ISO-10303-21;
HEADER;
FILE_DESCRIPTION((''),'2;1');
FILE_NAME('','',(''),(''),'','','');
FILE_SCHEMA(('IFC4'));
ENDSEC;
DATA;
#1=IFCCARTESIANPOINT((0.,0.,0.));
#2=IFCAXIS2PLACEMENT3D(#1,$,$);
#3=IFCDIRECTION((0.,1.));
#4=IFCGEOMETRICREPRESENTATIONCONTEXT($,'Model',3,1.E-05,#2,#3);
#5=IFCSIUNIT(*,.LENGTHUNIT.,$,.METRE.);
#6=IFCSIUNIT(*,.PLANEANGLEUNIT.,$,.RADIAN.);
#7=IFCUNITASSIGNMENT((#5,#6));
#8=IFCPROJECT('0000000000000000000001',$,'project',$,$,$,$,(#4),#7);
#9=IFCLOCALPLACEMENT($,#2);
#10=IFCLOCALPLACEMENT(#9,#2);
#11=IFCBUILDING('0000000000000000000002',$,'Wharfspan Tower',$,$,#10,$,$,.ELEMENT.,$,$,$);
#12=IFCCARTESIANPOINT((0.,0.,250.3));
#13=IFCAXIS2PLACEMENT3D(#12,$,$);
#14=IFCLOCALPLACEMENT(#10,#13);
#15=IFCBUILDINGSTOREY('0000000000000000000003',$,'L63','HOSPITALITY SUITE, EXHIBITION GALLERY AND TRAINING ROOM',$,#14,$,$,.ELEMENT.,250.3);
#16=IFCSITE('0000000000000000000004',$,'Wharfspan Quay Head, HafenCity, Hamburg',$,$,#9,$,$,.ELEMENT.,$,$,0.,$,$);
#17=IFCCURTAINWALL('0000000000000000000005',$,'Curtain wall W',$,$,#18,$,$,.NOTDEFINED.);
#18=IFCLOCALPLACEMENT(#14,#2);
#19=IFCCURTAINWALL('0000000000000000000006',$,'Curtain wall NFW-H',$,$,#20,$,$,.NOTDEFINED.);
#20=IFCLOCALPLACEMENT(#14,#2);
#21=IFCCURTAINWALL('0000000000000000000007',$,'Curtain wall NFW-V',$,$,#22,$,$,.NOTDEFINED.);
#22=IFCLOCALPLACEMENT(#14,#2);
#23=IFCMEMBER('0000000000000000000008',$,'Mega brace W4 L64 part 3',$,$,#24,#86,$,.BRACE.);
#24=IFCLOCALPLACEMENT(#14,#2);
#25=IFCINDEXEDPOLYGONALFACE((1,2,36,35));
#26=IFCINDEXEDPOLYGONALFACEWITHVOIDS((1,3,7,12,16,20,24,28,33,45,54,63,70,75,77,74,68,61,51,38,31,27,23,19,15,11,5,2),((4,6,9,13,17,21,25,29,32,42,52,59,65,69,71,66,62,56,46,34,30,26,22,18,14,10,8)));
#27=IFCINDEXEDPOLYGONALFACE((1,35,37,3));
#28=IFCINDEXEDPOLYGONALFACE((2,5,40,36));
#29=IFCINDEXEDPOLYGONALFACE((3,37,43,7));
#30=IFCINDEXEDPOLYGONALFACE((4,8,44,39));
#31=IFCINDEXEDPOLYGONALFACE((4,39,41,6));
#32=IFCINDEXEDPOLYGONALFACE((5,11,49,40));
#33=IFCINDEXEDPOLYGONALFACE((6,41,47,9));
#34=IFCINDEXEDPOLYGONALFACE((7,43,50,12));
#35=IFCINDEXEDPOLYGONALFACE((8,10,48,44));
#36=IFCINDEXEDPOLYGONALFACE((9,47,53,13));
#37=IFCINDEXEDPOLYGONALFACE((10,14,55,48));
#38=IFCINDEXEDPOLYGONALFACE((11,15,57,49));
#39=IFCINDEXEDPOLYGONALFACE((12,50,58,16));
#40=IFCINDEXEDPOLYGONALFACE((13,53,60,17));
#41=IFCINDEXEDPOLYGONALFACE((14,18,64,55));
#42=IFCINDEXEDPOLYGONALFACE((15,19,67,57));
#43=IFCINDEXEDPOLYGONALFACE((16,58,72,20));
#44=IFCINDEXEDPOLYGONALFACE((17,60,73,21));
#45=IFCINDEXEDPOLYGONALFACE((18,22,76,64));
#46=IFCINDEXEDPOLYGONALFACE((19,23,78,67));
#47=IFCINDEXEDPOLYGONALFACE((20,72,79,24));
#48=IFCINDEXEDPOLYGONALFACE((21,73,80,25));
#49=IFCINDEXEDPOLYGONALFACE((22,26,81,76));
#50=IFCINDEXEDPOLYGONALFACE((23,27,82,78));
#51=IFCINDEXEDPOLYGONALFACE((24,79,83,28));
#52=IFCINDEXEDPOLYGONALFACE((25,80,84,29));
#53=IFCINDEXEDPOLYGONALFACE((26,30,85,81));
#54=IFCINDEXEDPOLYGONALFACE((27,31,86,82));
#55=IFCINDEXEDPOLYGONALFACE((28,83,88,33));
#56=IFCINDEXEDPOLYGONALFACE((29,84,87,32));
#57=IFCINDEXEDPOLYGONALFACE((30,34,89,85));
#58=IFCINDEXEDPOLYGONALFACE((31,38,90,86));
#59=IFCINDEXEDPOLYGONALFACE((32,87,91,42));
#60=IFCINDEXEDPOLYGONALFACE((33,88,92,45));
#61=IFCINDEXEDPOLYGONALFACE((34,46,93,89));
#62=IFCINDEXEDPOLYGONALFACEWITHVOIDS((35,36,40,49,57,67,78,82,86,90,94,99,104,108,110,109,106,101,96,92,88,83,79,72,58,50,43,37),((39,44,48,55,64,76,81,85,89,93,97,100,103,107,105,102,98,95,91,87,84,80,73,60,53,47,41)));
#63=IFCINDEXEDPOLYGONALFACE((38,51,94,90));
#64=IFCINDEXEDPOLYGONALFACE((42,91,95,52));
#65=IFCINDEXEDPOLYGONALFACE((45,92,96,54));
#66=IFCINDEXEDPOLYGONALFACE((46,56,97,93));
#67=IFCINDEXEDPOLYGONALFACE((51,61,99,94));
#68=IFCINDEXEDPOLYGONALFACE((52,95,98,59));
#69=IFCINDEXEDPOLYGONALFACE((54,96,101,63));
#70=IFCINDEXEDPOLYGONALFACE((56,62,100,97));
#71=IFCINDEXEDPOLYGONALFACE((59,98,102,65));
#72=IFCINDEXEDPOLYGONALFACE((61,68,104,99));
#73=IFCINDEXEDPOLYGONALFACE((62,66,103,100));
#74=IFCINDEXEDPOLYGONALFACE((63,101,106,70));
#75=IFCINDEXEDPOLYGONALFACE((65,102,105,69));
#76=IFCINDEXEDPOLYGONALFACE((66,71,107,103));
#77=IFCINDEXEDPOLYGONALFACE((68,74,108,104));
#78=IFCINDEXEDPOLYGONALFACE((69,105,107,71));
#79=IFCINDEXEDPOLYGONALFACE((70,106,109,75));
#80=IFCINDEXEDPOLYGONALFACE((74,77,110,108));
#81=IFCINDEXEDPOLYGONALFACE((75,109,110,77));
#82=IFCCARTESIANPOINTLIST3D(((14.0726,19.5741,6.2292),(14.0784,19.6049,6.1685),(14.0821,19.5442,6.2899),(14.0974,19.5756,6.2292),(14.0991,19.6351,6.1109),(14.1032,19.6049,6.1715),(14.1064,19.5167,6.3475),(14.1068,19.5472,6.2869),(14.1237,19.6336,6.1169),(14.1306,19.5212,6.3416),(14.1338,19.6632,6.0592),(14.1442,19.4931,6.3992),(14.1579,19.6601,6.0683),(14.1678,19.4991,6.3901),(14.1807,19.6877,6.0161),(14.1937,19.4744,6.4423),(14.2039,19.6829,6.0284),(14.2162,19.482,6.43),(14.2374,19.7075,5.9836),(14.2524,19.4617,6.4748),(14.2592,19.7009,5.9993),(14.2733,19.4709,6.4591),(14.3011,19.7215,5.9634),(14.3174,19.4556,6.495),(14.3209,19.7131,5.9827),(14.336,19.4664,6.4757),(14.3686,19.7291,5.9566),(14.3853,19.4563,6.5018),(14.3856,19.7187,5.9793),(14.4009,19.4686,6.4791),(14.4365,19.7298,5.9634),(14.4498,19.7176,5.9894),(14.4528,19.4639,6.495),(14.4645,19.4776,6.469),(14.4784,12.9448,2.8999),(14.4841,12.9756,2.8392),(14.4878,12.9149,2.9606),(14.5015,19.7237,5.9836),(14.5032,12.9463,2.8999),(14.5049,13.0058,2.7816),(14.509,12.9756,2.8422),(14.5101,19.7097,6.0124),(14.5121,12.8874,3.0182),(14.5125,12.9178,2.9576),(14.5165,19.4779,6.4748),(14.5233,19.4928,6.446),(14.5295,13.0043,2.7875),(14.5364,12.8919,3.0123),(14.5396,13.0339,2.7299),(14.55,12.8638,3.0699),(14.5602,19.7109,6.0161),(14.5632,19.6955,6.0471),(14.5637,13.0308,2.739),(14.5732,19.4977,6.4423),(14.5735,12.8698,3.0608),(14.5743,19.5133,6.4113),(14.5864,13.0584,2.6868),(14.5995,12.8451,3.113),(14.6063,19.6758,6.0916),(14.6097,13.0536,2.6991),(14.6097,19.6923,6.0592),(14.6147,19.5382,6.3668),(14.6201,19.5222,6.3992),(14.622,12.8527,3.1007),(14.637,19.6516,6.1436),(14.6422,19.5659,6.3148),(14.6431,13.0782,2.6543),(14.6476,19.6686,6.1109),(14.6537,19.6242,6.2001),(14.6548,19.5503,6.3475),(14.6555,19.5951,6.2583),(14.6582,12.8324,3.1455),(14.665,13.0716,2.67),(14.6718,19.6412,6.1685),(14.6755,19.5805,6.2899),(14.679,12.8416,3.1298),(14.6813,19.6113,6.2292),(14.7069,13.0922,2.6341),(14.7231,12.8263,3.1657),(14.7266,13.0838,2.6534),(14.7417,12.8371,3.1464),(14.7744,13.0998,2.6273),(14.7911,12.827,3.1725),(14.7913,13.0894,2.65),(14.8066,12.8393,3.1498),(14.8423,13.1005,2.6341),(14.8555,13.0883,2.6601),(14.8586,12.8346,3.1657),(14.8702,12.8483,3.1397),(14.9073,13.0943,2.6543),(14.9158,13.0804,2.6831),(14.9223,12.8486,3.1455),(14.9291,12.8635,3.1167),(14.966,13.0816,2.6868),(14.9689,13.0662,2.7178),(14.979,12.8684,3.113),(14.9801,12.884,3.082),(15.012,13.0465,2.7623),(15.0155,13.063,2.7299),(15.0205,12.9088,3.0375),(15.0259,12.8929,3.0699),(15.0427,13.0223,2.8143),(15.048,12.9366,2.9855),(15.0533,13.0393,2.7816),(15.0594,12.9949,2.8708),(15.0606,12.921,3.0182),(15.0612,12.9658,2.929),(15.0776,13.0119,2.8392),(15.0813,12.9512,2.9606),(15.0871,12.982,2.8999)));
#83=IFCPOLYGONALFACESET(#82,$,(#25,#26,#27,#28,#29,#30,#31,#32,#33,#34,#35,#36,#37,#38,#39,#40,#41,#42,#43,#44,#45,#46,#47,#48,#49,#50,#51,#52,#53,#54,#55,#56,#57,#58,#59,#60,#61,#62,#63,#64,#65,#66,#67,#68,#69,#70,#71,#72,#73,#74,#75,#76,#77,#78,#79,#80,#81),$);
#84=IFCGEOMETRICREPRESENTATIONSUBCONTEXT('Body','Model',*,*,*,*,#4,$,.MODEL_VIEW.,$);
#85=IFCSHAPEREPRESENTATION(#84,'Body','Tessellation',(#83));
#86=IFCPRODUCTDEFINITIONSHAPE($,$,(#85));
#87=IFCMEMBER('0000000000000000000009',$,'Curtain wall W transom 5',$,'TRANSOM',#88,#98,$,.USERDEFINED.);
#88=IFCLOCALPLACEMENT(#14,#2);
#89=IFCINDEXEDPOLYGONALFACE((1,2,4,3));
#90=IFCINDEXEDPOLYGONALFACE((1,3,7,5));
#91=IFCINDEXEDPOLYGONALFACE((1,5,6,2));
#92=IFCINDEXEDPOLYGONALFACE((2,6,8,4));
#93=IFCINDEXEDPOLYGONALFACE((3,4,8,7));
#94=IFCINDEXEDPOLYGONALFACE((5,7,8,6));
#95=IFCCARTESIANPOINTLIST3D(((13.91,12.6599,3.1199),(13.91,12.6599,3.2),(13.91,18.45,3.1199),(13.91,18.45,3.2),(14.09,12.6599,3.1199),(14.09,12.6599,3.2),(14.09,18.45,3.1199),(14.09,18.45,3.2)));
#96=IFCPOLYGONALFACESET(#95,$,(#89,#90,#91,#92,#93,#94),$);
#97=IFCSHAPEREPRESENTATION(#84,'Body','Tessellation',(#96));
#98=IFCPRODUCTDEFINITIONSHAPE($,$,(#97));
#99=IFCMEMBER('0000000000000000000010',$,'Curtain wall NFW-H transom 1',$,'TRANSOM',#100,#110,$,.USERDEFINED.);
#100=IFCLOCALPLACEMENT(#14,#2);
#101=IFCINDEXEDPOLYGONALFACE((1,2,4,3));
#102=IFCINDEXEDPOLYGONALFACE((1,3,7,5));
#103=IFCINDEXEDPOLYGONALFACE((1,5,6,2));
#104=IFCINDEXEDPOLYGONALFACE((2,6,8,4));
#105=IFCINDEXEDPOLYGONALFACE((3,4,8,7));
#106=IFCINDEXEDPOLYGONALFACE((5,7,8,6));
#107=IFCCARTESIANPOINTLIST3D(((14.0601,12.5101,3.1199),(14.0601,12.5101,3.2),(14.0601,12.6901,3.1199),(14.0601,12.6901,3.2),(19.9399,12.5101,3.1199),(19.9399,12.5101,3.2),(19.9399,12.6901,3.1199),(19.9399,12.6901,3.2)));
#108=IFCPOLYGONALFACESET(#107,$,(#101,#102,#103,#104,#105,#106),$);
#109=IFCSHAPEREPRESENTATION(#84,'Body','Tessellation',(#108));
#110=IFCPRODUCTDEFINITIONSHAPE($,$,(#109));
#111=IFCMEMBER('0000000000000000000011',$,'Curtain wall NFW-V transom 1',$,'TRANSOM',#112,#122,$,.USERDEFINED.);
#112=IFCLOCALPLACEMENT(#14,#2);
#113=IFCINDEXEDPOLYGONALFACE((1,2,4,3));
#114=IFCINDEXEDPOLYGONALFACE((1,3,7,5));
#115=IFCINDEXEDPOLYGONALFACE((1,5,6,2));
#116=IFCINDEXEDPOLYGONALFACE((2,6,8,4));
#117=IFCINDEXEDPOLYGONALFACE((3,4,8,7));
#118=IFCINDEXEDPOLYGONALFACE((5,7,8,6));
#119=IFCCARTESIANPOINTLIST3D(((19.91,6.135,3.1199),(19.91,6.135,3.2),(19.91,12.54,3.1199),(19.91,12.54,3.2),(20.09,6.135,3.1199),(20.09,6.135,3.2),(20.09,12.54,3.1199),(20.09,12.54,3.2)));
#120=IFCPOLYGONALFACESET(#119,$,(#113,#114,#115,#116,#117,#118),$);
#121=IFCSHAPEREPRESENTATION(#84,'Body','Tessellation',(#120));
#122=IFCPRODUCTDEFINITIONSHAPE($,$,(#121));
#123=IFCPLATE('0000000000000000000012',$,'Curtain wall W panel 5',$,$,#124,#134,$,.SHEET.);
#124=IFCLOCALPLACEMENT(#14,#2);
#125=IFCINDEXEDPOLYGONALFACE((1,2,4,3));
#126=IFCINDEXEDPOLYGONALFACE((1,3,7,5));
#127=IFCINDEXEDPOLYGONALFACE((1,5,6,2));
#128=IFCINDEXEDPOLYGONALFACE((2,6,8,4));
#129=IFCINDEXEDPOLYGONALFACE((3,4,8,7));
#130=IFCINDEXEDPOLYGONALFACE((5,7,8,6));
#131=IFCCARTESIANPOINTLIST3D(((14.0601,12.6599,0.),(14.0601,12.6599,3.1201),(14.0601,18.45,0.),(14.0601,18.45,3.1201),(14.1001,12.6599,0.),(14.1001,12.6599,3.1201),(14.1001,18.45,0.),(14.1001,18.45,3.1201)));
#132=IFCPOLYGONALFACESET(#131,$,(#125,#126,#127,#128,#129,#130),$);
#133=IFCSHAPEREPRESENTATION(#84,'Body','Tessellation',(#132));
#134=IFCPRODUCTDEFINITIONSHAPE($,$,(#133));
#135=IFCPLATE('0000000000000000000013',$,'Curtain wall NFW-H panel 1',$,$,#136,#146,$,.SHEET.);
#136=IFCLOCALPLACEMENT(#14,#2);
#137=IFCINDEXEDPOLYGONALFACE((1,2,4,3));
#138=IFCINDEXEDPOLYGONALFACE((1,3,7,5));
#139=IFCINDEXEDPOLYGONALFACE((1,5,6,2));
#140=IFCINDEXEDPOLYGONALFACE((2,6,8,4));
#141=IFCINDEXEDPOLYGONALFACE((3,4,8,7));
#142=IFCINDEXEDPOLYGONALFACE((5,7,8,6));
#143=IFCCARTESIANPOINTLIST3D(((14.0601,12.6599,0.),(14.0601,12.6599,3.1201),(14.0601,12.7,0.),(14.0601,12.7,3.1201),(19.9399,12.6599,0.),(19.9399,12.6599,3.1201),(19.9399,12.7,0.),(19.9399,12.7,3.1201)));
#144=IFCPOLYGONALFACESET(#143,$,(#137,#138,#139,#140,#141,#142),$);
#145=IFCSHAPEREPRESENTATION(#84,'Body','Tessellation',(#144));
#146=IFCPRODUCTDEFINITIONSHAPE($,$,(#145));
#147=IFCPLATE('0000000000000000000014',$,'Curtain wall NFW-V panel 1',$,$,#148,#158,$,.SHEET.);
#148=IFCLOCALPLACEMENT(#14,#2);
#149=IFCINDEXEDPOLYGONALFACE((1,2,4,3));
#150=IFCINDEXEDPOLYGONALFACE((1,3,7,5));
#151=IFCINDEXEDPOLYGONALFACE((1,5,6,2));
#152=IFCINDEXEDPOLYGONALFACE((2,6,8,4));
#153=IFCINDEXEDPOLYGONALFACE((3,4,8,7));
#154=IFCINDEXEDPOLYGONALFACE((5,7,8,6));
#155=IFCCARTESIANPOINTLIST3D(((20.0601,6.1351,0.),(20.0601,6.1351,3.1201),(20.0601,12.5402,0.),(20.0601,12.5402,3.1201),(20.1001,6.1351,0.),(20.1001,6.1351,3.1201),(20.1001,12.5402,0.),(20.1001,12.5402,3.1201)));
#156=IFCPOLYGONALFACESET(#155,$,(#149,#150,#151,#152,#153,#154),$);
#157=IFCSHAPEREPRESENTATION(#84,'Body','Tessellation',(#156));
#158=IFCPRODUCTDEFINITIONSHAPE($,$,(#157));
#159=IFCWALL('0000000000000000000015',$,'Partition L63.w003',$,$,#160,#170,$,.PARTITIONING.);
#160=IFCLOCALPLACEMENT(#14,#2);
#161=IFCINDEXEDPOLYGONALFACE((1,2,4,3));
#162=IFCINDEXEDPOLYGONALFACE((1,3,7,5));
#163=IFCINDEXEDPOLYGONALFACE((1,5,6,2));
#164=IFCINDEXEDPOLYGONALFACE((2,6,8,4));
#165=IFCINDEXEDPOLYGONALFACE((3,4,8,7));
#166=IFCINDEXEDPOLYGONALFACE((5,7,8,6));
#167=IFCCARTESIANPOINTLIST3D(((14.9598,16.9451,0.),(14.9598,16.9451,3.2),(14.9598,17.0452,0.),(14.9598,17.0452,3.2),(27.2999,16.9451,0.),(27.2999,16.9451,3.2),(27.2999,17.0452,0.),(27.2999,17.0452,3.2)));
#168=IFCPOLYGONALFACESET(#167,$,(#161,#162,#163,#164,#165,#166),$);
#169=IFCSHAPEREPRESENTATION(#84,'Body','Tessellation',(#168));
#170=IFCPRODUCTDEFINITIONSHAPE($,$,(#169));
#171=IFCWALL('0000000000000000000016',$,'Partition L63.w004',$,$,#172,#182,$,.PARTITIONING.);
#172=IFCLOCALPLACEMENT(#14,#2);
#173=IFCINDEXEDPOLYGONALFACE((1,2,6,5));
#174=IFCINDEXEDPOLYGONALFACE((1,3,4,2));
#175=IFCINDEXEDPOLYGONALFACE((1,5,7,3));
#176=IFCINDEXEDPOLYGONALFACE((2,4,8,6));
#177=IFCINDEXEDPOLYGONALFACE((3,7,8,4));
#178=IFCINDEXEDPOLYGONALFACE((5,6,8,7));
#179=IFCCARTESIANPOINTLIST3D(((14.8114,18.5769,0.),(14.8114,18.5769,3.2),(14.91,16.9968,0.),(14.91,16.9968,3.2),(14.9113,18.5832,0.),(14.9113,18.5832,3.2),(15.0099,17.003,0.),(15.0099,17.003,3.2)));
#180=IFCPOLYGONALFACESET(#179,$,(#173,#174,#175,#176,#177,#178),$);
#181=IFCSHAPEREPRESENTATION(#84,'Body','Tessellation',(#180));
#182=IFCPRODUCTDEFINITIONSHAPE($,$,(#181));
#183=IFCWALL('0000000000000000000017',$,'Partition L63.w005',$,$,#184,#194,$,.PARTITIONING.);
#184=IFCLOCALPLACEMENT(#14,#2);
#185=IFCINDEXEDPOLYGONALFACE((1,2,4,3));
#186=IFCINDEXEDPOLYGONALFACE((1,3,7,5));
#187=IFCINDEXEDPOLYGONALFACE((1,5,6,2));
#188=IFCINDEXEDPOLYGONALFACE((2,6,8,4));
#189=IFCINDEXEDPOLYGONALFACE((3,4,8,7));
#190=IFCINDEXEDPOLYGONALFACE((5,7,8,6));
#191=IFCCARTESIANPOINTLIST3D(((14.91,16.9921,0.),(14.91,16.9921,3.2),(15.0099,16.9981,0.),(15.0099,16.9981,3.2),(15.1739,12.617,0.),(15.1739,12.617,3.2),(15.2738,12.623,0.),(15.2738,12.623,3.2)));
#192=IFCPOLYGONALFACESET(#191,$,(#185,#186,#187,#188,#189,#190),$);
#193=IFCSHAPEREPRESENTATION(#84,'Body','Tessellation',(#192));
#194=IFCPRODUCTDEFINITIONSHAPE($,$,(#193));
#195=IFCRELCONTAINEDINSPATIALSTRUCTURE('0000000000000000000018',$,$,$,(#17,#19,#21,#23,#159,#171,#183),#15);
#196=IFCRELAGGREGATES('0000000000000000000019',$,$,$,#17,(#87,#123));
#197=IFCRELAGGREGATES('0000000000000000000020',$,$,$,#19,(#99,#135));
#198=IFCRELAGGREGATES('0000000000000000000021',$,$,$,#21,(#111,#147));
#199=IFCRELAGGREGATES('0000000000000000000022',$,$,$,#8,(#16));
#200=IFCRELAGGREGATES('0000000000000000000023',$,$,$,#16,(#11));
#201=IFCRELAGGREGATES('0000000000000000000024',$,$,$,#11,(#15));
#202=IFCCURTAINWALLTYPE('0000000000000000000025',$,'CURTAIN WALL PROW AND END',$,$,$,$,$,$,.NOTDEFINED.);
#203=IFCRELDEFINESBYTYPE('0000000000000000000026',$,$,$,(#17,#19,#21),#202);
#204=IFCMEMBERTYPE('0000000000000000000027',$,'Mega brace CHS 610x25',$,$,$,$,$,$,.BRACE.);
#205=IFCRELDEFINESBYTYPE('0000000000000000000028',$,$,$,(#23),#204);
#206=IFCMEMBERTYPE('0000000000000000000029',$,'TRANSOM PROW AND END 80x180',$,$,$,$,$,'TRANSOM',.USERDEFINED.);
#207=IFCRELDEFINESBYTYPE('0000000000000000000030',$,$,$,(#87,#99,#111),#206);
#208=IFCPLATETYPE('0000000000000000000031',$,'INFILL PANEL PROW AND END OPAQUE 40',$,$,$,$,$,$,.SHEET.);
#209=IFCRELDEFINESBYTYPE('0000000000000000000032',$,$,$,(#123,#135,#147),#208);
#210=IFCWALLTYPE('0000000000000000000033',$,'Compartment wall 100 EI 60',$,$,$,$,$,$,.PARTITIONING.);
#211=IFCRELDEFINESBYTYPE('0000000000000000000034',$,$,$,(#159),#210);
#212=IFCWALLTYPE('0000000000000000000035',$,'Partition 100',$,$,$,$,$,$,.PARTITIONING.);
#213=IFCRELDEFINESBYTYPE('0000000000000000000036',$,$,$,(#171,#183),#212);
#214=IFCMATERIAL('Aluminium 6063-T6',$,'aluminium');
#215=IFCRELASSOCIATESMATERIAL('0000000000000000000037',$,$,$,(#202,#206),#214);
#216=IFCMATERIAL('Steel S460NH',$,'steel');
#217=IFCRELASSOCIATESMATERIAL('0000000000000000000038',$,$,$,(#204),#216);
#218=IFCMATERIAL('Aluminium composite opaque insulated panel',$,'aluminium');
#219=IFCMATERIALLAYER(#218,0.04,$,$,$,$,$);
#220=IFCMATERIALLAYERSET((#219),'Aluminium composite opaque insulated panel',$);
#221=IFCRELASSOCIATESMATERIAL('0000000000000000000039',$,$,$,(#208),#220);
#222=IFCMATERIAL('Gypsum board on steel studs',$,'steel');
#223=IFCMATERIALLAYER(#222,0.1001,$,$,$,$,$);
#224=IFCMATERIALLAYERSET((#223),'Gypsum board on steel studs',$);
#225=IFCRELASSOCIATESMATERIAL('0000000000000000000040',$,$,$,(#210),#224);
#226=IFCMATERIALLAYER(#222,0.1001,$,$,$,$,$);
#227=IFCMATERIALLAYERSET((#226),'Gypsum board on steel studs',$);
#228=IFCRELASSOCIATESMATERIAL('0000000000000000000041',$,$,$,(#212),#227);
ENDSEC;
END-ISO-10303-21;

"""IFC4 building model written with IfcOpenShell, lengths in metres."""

from ifc_helpers import new_model, si_unit, direction, frame, frame_2d, origin, origin_2d, place, context, subcontext, project, spatial, rectangle, hollow_circle, extrude, material, layer, layer_set, material_profile, profile_set, type_object, element, aggregate, save


model = new_model("IFC4")

# Units and contexts
model_context = context("Model", 3, precision=1e-05, world=origin(), true_north=direction((0.0, 1.0)))
body_context = subcontext(model_context, "Body", "Model", "MODEL_VIEW")
ifc_project = project(units=[si_unit("LENGTHUNIT", "METRE"), si_unit("PLANEANGLEUNIT", "RADIAN")], contexts=[model_context])

# Site, building, storey
site_placement = place(None, origin())
site = spatial("IfcSite", under=ifc_project, at=site_placement, Name="Wharfspan Quay Head, HafenCity, Hamburg", CompositionType="ELEMENT", RefElevation=0.0)
building_placement = place(site_placement, origin())
building = spatial("IfcBuilding", under=site, at=building_placement, Name="Wharfspan Tower", CompositionType="ELEMENT")
storey_placement = place(building_placement, frame((0.0, 0.0, 250.3)))
storey = spatial("IfcBuildingStorey", under=building, at=storey_placement, Name="L63", Description="HOSPITALITY SUITE, EXHIBITION GALLERY AND TRAINING ROOM", CompositionType="ELEMENT", Elevation=250.3)

# Curtain walls
ifc_material_1 = material(Name="Aluminium 6063-T6", Category="aluminium")
curtain_wall_type = type_object("IfcCurtainWallType", Name="CURTAIN WALL PROW AND END", PredefinedType="NOTDEFINED", material=ifc_material_1)
curtain_wall_1_placement = place(storey_placement, origin())
curtain_wall_1 = element("IfcCurtainWall", 1, at=curtain_wall_1_placement, inside=storey, type_object=curtain_wall_type, Name="Curtain wall W", PredefinedType="NOTDEFINED")
curtain_wall_2_placement = place(storey_placement, origin())
curtain_wall_2 = element("IfcCurtainWall", 2, at=curtain_wall_2_placement, inside=storey, type_object=curtain_wall_type, Name="Curtain wall NFW-H", PredefinedType="NOTDEFINED")
curtain_wall_3_placement = place(storey_placement, origin())
curtain_wall_3 = element("IfcCurtainWall", 3, at=curtain_wall_3_placement, inside=storey, type_object=curtain_wall_type, Name="Curtain wall NFW-V", PredefinedType="NOTDEFINED")

# Members
ifc_material_2 = material(Name="Steel S460NH", Category="steel")
ifc_material_profile_1 = material_profile(ifc_material_2, hollow_circle(Radius=0.3049, WallThickness=0.0249, at=origin_2d()))
ifc_profile_set_1 = profile_set([ifc_material_profile_1], Name="Steel S460NH")
member_type_1 = type_object("IfcMemberType", Name="Mega brace CHS 610x25", PredefinedType="BRACE", material=ifc_profile_set_1)
member_1_placement = place(storey_placement, frame((14.7827, 12.9634, 2.8999), z_axis=(-0.054615, 0.892302, 0.448123), x_axis=(-0.998132, -0.061091, -0.000003)))
element("IfcMember", 4, at=member_1_placement, inside=storey, type_object=member_type_1, Name="Mega brace W4 L64 part 3", PredefinedType="BRACE", context=body_context, shape_type="SweptSolid", body=[
    extrude(hollow_circle(Radius=0.3049, WallThickness=0.0249, at=origin_2d()), origin(), (0.0, 0.0, 1.0), 7.4294),
])
ifc_material_profile_2 = material_profile(ifc_material_1, rectangle(XDim=0.1799, YDim=0.0801, at=origin_2d()))
ifc_profile_set_2 = profile_set([ifc_material_profile_2], Name="Aluminium 6063-T6")
member_type_2 = type_object("IfcMemberType", Name="TRANSOM PROW AND END 80x180", ElementType="TRANSOM", PredefinedType="USERDEFINED", material=ifc_profile_set_2)
member_2_placement = place(storey_placement, frame((14.0, 18.45, 3.1599), z_axis=(0.0, -1.0, 0.0), x_axis=(1.0, 0.0, 0.0)))
member_2 = element("IfcMember", 5, at=member_2_placement, type_object=member_type_2, Name="Curtain wall W transom 5", ObjectType="TRANSOM", PredefinedType="USERDEFINED", context=body_context, shape_type="SweptSolid", body=[
    extrude(rectangle(XDim=0.1799, YDim=0.0801, at=origin_2d()), origin(), (0.0, 0.0, 1.0), 5.79),
])
member_3_placement = place(storey_placement, frame((14.0601, 12.6001, 3.1599), z_axis=(1.0, 0.0, 0.0), x_axis=(0.0, 1.0, 0.0)))
member_3 = element("IfcMember", 6, at=member_3_placement, type_object=member_type_2, Name="Curtain wall NFW-H transom 1", ObjectType="TRANSOM", PredefinedType="USERDEFINED", context=body_context, shape_type="SweptSolid", body=[
    extrude(rectangle(XDim=0.1799, YDim=0.0801, at=origin_2d()), origin(), (0.0, 0.0, 1.0), 5.8799),
])
member_4_placement = place(storey_placement, frame((20.0, 12.54, 3.1599), z_axis=(0.0, -1.0, 0.0), x_axis=(1.0, 0.0, 0.0)))
member_4 = element("IfcMember", 7, at=member_4_placement, type_object=member_type_2, Name="Curtain wall NFW-V transom 1", ObjectType="TRANSOM", PredefinedType="USERDEFINED", context=body_context, shape_type="SweptSolid", body=[
    extrude(rectangle(XDim=0.1799, YDim=0.0801, at=origin_2d()), origin(), (0.0, 0.0, 1.0), 6.405),
])

# Plates
ifc_material_3 = material(Name="Aluminium composite opaque insulated panel", Category="aluminium")
ifc_layer_1 = layer(ifc_material_3, 0.04)
ifc_layer_set_1 = layer_set([ifc_layer_1], Name="Aluminium composite opaque insulated panel")
plate_type = type_object("IfcPlateType", Name="INFILL PANEL PROW AND END OPAQUE 40", PredefinedType="SHEET", material=ifc_layer_set_1)
plate_1_placement = place(storey_placement, frame((14.0801, 15.5549, 0.0), z_axis=(0.0, 0.0, 1.0), x_axis=(0.0, -1.0, 0.0)))
plate_1 = element("IfcPlate", 8, at=plate_1_placement, type_object=plate_type, Name="Curtain wall W panel 5", PredefinedType="SHEET", context=body_context, shape_type="SweptSolid", body=[
    extrude(rectangle(XDim=5.79, YDim=0.04, at=origin_2d()), origin(), (0.0, 0.0, 1.0), 3.1201),
])
aggregate(curtain_wall_1, [member_2, plate_1])
plate_2_placement = place(storey_placement, frame((17.0, 12.6799, 0.0), z_axis=(0.0, 0.0, 1.0), x_axis=(1.0, 0.0, 0.0)))
plate_2 = element("IfcPlate", 9, at=plate_2_placement, type_object=plate_type, Name="Curtain wall NFW-H panel 1", PredefinedType="SHEET", context=body_context, shape_type="SweptSolid", body=[
    extrude(rectangle(XDim=5.8799, YDim=0.04, at=origin_2d()), origin(), (0.0, 0.0, 1.0), 3.1201),
])
aggregate(curtain_wall_2, [member_3, plate_2])
plate_3_placement = place(storey_placement, frame((20.0801, 9.3376, 0.0), z_axis=(0.0, 0.0, 1.0), x_axis=(0.0, -1.0, 0.0)))
plate_3 = element("IfcPlate", 10, at=plate_3_placement, type_object=plate_type, Name="Curtain wall NFW-V panel 1", PredefinedType="SHEET", context=body_context, shape_type="SweptSolid", body=[
    extrude(rectangle(XDim=6.405, YDim=0.04, at=origin_2d()), origin(), (0.0, 0.0, 1.0), 3.1201),
])
aggregate(curtain_wall_3, [member_4, plate_3])

# Walls
ifc_material_4 = material(Name="Gypsum board on steel studs", Category="steel")
ifc_layer_2 = layer(ifc_material_4, 0.1001)
ifc_layer_set_2 = layer_set([ifc_layer_2], Name="Gypsum board on steel studs")
wall_type_1 = type_object("IfcWallType", Name="Compartment wall 100 EI 60", PredefinedType="PARTITIONING", material=ifc_layer_set_2)
wall_1_placement = place(storey_placement, frame((14.96, 16.9951, 0.0), z_axis=(0.0, 0.0, 1.0), x_axis=(1.0, 0.0, 0.0)))
element("IfcWall", 11, at=wall_1_placement, inside=storey, type_object=wall_type_1, Name="Partition L63.w003", PredefinedType="PARTITIONING", context=body_context, shape_type="SweptSolid", body=[
    extrude(rectangle(XDim=12.3401, YDim=0.1001, at=frame_2d((6.1699, 0.0))), origin(), (0.0, 0.0, 1.0), 3.2),
])
ifc_layer_3 = layer(ifc_material_4, 0.1001)
ifc_layer_set_3 = layer_set([ifc_layer_3], Name="Gypsum board on steel studs")
wall_type_2 = type_object("IfcWallType", Name="Partition 100", PredefinedType="PARTITIONING", material=ifc_layer_set_3)
wall_2_placement = place(storey_placement, frame((14.96, 17.0, 0.0), z_axis=(0.0, 0.0, 1.0), x_axis=(-0.062301, 0.998053, 0.0)))
element("IfcWall", 12, at=wall_2_placement, inside=storey, type_object=wall_type_2, Name="Partition L63.w004", PredefinedType="PARTITIONING", context=body_context, shape_type="SweptSolid", body=[
    extrude(rectangle(XDim=1.5833, YDim=0.1001, at=frame_2d((0.7915, 0.0))), origin(), (0.0, 0.0, 1.0), 3.2),
])
wall_3_placement = place(storey_placement, frame((15.2239, 12.6201, 0.0), z_axis=(0.0, 0.0, 1.0), x_axis=(-0.060214, 0.998182, 0.0)))
element("IfcWall", 13, at=wall_3_placement, inside=storey, type_object=wall_type_2, Name="Partition L63.w005", PredefinedType="PARTITIONING", context=body_context, shape_type="SweptSolid", body=[
    extrude(rectangle(XDim=4.3831, YDim=0.1001, at=frame_2d((2.1914, 0.0))), origin(), (0.0, 0.0, 1.0), 3.2),
])

save(model, "model.ifc")
